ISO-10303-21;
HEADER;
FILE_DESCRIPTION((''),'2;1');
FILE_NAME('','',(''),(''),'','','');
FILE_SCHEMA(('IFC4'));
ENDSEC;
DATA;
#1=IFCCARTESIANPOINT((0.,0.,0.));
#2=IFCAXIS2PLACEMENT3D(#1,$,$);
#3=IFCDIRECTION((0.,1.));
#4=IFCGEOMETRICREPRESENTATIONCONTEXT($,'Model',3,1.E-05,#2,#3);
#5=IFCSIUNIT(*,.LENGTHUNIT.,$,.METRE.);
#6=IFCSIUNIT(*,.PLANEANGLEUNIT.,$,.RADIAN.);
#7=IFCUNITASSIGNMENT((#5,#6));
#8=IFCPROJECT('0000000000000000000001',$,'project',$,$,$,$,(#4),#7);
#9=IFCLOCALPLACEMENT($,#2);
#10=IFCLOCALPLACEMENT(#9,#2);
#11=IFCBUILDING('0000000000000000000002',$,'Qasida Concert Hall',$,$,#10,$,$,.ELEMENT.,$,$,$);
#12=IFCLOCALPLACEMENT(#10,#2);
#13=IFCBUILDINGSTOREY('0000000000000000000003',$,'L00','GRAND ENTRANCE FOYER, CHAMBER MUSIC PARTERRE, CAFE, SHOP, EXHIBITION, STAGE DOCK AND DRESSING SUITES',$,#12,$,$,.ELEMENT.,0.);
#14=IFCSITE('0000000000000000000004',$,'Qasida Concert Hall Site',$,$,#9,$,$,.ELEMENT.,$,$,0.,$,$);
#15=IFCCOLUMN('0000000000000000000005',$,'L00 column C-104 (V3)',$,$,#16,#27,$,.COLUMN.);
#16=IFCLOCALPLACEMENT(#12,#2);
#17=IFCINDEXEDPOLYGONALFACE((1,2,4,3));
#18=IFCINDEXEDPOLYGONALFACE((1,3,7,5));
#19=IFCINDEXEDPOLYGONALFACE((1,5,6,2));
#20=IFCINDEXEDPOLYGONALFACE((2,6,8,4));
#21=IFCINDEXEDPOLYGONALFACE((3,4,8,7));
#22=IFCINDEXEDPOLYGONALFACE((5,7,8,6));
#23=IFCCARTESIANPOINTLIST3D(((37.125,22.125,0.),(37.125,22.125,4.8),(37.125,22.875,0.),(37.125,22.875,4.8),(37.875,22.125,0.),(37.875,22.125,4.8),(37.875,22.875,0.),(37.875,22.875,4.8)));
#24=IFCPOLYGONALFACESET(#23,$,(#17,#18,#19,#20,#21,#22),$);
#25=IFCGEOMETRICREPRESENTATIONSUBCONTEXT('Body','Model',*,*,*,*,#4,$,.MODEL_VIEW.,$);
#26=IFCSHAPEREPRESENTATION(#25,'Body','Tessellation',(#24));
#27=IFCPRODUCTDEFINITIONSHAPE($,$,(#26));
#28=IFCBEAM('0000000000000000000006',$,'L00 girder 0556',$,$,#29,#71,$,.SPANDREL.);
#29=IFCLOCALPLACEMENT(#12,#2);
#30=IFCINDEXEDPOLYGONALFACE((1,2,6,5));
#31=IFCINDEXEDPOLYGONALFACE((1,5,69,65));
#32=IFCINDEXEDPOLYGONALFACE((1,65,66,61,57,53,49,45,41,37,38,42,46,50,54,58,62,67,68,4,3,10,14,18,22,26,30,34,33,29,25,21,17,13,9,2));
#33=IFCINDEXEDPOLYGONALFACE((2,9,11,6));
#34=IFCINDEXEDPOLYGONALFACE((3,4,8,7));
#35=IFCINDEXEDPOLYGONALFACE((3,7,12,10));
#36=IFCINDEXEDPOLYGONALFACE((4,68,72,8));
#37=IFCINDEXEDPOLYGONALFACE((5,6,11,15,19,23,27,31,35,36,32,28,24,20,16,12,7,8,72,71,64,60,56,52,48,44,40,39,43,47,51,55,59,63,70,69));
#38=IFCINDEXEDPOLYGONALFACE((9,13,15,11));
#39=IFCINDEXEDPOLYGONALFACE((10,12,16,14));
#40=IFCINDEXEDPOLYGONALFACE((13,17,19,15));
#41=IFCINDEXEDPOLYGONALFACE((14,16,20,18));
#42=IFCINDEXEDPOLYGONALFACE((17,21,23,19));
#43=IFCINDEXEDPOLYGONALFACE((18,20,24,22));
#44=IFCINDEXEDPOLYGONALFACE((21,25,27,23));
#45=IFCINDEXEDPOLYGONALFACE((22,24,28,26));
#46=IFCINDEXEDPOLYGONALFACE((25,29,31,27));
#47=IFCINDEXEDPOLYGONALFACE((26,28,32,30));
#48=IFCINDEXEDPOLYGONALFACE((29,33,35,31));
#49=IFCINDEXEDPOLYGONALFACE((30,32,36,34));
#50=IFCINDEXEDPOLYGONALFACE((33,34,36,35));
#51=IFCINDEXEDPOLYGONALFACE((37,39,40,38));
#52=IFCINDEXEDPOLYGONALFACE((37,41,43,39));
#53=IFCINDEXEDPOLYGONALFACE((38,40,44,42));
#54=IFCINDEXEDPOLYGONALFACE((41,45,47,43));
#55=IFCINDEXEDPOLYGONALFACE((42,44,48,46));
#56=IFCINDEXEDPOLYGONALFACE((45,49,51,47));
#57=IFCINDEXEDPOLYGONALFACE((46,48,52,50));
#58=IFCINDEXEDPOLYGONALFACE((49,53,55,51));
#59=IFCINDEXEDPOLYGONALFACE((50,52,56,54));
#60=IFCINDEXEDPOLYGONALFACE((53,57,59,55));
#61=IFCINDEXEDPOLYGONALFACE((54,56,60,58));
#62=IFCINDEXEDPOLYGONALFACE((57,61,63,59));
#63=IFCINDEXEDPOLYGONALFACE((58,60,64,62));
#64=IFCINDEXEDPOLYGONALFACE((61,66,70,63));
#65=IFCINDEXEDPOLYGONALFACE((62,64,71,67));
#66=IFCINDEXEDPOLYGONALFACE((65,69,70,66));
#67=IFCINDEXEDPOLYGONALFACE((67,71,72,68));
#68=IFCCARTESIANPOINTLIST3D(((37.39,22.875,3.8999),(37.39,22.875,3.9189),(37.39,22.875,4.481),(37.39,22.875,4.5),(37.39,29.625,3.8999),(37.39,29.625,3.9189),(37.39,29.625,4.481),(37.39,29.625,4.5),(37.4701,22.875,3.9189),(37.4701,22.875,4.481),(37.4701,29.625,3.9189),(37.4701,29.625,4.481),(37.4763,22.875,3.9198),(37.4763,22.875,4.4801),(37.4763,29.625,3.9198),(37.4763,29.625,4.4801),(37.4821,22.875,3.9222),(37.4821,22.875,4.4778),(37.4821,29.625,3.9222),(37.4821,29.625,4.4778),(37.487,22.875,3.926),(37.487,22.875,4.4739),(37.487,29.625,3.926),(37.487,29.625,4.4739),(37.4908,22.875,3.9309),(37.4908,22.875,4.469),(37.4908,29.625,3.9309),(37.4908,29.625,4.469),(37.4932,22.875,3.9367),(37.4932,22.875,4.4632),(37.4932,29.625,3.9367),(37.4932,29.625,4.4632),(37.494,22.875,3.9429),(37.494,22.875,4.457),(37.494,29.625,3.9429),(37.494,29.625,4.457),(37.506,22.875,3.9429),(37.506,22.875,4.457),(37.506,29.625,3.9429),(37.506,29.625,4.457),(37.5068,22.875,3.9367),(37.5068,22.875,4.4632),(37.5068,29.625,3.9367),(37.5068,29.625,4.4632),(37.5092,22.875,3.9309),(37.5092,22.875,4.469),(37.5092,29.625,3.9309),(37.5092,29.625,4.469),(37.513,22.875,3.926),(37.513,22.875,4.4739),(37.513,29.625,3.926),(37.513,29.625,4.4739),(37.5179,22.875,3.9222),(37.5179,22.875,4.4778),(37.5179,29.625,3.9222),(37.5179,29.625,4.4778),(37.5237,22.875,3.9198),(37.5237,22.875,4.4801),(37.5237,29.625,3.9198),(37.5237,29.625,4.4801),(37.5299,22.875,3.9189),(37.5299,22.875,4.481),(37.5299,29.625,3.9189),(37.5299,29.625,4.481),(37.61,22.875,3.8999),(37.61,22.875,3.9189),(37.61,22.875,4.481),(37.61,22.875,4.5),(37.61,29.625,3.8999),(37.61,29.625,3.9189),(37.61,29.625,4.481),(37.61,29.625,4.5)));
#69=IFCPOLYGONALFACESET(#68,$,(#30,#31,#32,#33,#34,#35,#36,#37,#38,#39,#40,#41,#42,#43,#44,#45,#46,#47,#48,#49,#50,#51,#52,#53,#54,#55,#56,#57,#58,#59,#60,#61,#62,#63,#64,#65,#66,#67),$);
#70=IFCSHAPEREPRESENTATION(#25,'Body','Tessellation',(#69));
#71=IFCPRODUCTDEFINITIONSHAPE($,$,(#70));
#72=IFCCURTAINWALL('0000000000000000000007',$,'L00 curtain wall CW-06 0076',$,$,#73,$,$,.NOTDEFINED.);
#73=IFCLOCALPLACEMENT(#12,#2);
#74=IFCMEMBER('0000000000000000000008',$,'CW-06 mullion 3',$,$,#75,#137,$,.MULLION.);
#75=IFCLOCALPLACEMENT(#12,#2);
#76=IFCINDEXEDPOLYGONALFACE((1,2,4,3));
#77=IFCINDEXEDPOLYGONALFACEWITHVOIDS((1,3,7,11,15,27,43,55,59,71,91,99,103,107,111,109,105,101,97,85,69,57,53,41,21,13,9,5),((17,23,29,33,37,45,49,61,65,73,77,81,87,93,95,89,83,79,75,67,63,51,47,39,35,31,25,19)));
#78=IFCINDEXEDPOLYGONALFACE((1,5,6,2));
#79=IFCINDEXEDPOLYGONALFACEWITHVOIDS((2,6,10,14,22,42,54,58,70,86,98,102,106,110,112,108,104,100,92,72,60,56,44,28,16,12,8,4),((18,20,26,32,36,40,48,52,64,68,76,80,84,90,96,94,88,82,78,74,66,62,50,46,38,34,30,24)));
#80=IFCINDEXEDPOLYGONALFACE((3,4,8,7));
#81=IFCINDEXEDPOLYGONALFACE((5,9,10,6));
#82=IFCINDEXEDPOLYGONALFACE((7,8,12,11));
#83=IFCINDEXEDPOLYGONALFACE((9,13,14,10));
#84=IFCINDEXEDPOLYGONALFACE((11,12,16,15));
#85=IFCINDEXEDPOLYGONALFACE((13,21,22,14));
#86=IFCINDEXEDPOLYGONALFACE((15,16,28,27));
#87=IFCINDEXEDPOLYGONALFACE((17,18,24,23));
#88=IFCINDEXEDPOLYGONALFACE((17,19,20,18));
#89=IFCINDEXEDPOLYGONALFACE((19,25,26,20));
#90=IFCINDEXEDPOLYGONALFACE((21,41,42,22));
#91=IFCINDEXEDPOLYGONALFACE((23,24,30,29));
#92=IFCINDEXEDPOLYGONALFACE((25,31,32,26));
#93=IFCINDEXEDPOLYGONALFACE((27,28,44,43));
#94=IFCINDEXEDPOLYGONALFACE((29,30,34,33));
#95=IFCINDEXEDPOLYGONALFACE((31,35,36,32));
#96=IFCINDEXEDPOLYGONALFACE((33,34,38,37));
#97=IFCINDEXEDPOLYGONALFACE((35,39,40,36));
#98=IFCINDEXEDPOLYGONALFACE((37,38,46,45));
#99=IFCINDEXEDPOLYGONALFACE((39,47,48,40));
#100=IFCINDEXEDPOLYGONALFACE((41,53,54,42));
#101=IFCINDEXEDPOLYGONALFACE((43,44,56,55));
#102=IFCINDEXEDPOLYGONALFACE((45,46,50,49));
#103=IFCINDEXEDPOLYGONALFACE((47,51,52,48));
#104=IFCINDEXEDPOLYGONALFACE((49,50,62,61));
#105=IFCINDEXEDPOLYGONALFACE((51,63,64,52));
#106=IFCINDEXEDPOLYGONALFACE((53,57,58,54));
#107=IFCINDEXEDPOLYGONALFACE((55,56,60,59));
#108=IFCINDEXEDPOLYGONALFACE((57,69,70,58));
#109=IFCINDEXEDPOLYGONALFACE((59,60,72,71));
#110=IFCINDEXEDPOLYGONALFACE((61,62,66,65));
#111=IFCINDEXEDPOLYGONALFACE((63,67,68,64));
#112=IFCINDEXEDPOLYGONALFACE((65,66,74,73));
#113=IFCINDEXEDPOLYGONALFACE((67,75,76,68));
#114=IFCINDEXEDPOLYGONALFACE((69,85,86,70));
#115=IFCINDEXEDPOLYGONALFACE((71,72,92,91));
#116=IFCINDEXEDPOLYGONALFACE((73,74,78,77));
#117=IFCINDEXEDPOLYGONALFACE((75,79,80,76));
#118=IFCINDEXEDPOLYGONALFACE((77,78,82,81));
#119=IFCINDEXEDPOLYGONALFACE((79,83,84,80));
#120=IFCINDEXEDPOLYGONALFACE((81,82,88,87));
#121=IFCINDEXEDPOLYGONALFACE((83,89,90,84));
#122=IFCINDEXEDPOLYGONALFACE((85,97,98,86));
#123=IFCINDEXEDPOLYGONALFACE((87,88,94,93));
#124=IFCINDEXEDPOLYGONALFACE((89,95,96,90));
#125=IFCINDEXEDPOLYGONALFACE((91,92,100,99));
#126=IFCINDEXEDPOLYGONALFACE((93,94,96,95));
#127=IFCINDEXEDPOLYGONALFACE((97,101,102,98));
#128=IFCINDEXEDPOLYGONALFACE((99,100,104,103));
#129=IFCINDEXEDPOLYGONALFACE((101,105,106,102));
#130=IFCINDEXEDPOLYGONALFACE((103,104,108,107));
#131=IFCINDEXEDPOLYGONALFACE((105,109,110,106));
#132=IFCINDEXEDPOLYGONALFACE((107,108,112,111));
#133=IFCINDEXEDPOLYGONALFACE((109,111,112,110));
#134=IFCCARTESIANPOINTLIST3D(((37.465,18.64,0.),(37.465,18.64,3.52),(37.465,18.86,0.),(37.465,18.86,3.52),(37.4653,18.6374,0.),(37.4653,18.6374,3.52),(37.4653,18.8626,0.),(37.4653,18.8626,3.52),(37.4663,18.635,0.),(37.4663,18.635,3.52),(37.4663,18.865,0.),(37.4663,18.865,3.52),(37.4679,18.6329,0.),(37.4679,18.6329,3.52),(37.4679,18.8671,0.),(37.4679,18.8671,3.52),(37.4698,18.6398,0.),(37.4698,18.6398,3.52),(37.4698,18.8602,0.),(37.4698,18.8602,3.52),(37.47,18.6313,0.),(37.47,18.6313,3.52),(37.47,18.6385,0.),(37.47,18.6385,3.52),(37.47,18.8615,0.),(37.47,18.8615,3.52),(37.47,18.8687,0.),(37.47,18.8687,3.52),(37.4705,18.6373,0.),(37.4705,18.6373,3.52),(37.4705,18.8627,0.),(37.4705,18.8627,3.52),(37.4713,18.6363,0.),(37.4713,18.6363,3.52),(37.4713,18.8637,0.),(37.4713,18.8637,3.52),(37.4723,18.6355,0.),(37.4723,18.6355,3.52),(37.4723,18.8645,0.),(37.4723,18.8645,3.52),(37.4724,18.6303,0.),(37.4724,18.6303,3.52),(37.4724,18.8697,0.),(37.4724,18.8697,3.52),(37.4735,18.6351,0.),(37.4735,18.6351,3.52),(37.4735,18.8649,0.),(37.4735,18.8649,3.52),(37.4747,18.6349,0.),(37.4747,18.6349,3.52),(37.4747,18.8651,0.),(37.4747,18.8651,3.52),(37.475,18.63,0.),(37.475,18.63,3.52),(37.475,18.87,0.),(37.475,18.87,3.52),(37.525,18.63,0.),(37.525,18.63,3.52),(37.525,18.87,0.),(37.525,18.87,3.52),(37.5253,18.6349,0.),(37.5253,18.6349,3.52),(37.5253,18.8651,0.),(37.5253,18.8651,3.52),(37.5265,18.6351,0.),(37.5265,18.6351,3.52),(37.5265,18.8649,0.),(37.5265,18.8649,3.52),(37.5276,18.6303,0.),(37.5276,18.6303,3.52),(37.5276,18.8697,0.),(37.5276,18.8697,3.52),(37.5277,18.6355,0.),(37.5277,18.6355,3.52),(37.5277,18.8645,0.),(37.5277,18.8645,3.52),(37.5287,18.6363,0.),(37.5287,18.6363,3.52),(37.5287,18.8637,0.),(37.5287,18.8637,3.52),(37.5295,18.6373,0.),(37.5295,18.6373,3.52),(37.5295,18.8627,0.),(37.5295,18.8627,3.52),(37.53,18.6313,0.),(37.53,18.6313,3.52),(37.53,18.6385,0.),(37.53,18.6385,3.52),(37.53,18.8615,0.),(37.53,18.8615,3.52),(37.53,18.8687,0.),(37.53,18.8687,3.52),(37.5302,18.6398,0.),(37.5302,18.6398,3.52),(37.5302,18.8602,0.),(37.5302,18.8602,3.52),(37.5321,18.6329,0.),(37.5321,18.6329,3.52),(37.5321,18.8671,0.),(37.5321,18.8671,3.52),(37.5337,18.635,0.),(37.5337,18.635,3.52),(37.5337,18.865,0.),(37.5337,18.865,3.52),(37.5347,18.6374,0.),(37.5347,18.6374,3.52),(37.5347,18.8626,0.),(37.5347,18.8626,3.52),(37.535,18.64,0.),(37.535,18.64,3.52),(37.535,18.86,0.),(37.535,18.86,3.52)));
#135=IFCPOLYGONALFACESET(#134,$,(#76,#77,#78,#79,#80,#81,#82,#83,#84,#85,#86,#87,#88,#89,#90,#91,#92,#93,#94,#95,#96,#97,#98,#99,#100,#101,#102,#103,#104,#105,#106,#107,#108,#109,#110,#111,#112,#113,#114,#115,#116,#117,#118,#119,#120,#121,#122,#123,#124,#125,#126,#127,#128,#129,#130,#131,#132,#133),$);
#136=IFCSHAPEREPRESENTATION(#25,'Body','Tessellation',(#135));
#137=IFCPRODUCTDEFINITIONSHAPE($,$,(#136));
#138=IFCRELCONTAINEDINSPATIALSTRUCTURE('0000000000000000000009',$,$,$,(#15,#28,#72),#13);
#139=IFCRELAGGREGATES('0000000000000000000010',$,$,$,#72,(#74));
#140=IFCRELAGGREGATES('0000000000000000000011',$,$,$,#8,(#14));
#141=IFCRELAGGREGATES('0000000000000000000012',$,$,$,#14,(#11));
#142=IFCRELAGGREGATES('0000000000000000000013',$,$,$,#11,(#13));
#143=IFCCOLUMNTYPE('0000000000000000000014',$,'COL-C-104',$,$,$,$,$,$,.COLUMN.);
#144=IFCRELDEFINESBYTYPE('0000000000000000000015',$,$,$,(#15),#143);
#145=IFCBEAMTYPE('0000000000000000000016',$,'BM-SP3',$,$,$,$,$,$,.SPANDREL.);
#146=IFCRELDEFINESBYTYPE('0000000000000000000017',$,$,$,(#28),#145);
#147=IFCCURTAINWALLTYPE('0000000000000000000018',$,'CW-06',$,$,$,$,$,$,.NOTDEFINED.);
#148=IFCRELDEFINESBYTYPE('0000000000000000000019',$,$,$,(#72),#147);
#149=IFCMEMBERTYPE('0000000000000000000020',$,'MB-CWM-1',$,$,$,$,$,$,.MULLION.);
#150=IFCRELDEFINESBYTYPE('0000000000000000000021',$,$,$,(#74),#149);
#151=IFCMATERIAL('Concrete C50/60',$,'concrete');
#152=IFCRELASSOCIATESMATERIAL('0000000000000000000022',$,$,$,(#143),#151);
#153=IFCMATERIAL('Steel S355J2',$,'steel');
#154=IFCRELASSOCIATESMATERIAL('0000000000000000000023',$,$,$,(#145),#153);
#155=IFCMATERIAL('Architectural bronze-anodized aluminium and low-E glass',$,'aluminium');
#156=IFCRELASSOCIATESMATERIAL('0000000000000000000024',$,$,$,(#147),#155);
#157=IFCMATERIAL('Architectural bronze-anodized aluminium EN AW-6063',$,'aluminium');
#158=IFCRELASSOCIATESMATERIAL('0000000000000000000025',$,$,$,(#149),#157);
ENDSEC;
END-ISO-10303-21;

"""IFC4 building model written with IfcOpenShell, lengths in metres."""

from ifc_helpers import new_model, si_unit, direction, frame, origin, origin_2d, place, context, subcontext, project, spatial, rectangle, hollow_rectangle, i_section, extrude, material, material_profile, profile_set, type_object, element, aggregate, save


model = new_model("IFC4")

# Units and contexts
model_context = context("Model", 3, precision=1e-05, world=origin(), true_north=direction((0.0, 1.0)))
body_context = subcontext(model_context, "Body", "Model", "MODEL_VIEW")
ifc_project = project(units=[si_unit("LENGTHUNIT", "METRE"), si_unit("PLANEANGLEUNIT", "RADIAN")], contexts=[model_context])

# Site, building, storey
site_placement = place(None, origin())
site = spatial("IfcSite", under=ifc_project, at=site_placement, Name="Qasida Concert Hall Site", CompositionType="ELEMENT", RefElevation=0.0)
building_placement = place(site_placement, origin())
building = spatial("IfcBuilding", under=site, at=building_placement, Name="Qasida Concert Hall", CompositionType="ELEMENT")
storey_placement = place(building_placement, origin())
storey = spatial("IfcBuildingStorey", under=building, at=storey_placement, Name="L00", Description="GRAND ENTRANCE FOYER, CHAMBER MUSIC PARTERRE, CAFE, SHOP, EXHIBITION, STAGE DOCK AND DRESSING SUITES", CompositionType="ELEMENT", Elevation=0.0)

# Column
ifc_material_1 = material(Name="Concrete C50/60", Category="concrete")
ifc_material_profile_1 = material_profile(ifc_material_1, rectangle(XDim=0.75, YDim=0.75, at=origin_2d()), Name="RC 750x750")
ifc_profile_set_1 = profile_set([ifc_material_profile_1], Name="Concrete C50/60")
column_type = type_object("IfcColumnType", Name="COL-C-104", PredefinedType="COLUMN", material=ifc_profile_set_1)
column_placement = place(storey_placement, frame((37.5, 22.5, 0.0), z_axis=(0.0, 0.0, 1.0), x_axis=(1.0, 0.0, 0.0)))
element("IfcColumn", 1, at=column_placement, inside=storey, type_object=column_type, Name="L00 column C-104 (V3)", PredefinedType="COLUMN", context=body_context, shape_type="SweptSolid", body=[
    extrude(rectangle(XDim=0.75, YDim=0.75, at=origin_2d()), origin(), (0.0, 0.0, 1.0), 4.8),
])

# Beam
ifc_material_2 = material(Name="Steel S355J2", Category="steel")
ifc_material_profile_2 = material_profile(ifc_material_2, i_section(OverallWidth=0.22, OverallDepth=0.6001, WebThickness=0.012, FlangeThickness=0.019, FilletRadius=0.0239, at=origin_2d()), Name="IPE 600")
ifc_profile_set_2 = profile_set([ifc_material_profile_2], Name="Steel S355J2")
beam_type = type_object("IfcBeamType", Name="BM-SP3", PredefinedType="SPANDREL", material=ifc_profile_set_2)
beam_placement = place(storey_placement, frame((37.5, 22.875, 4.2), z_axis=(0.0, 1.0, 0.0), x_axis=(-1.0, 0.0, 0.0)))
element("IfcBeam", 2, at=beam_placement, inside=storey, type_object=beam_type, Name="L00 girder 0556", PredefinedType="SPANDREL", context=body_context, shape_type="SweptSolid", body=[
    extrude(i_section(OverallWidth=0.22, OverallDepth=0.6001, WebThickness=0.012, FlangeThickness=0.019, FilletRadius=0.0239, at=origin_2d()), origin(), (0.0, 0.0, 1.0), 6.75),
])

# Curtain wall, member
ifc_material_3 = material(Name="Architectural bronze-anodized aluminium and low-E glass", Category="aluminium")
curtain_wall_type = type_object("IfcCurtainWallType", Name="CW-06", PredefinedType="NOTDEFINED", material=ifc_material_3)
curtain_wall_placement = place(storey_placement, origin())
curtain_wall = element("IfcCurtainWall", 3, at=curtain_wall_placement, inside=storey, type_object=curtain_wall_type, Name="L00 curtain wall CW-06 0076", PredefinedType="NOTDEFINED")
ifc_material_4 = material(Name="Architectural bronze-anodized aluminium EN AW-6063", Category="aluminium")
ifc_material_profile_3 = material_profile(ifc_material_4, hollow_rectangle(XDim=0.0701, YDim=0.24, WallThickness=0.0049, InnerFilletRadius=0.0049, OuterFilletRadius=0.01, at=origin_2d()), Name="CWM 240x70x5")
ifc_profile_set_3 = profile_set([ifc_material_profile_3], Name="Architectural bronze-anodized aluminium EN AW-6063")
member_type_1 = type_object("IfcMemberType", Name="MB-CWM-1", PredefinedType="MULLION", material=ifc_profile_set_3)
member_1_placement = place(storey_placement, frame((37.5, 18.75, 0.0), z_axis=(0.0, 0.0, 1.0), x_axis=(-1.0, 0.0, 0.0)))
member_1 = element("IfcMember", 4, at=member_1_placement, type_object=member_type_1, Name="CW-06 mullion 3", PredefinedType="MULLION", context=body_context, shape_type="SweptSolid", body=[
    extrude(hollow_rectangle(XDim=0.0701, YDim=0.24, WallThickness=0.0049, InnerFilletRadius=0.0049, OuterFilletRadius=0.01, at=origin_2d()), origin(), (0.0, 0.0, 1.0), 3.52),
])
aggregate(curtain_wall, [member_1])

save(model, "model.ifc")
